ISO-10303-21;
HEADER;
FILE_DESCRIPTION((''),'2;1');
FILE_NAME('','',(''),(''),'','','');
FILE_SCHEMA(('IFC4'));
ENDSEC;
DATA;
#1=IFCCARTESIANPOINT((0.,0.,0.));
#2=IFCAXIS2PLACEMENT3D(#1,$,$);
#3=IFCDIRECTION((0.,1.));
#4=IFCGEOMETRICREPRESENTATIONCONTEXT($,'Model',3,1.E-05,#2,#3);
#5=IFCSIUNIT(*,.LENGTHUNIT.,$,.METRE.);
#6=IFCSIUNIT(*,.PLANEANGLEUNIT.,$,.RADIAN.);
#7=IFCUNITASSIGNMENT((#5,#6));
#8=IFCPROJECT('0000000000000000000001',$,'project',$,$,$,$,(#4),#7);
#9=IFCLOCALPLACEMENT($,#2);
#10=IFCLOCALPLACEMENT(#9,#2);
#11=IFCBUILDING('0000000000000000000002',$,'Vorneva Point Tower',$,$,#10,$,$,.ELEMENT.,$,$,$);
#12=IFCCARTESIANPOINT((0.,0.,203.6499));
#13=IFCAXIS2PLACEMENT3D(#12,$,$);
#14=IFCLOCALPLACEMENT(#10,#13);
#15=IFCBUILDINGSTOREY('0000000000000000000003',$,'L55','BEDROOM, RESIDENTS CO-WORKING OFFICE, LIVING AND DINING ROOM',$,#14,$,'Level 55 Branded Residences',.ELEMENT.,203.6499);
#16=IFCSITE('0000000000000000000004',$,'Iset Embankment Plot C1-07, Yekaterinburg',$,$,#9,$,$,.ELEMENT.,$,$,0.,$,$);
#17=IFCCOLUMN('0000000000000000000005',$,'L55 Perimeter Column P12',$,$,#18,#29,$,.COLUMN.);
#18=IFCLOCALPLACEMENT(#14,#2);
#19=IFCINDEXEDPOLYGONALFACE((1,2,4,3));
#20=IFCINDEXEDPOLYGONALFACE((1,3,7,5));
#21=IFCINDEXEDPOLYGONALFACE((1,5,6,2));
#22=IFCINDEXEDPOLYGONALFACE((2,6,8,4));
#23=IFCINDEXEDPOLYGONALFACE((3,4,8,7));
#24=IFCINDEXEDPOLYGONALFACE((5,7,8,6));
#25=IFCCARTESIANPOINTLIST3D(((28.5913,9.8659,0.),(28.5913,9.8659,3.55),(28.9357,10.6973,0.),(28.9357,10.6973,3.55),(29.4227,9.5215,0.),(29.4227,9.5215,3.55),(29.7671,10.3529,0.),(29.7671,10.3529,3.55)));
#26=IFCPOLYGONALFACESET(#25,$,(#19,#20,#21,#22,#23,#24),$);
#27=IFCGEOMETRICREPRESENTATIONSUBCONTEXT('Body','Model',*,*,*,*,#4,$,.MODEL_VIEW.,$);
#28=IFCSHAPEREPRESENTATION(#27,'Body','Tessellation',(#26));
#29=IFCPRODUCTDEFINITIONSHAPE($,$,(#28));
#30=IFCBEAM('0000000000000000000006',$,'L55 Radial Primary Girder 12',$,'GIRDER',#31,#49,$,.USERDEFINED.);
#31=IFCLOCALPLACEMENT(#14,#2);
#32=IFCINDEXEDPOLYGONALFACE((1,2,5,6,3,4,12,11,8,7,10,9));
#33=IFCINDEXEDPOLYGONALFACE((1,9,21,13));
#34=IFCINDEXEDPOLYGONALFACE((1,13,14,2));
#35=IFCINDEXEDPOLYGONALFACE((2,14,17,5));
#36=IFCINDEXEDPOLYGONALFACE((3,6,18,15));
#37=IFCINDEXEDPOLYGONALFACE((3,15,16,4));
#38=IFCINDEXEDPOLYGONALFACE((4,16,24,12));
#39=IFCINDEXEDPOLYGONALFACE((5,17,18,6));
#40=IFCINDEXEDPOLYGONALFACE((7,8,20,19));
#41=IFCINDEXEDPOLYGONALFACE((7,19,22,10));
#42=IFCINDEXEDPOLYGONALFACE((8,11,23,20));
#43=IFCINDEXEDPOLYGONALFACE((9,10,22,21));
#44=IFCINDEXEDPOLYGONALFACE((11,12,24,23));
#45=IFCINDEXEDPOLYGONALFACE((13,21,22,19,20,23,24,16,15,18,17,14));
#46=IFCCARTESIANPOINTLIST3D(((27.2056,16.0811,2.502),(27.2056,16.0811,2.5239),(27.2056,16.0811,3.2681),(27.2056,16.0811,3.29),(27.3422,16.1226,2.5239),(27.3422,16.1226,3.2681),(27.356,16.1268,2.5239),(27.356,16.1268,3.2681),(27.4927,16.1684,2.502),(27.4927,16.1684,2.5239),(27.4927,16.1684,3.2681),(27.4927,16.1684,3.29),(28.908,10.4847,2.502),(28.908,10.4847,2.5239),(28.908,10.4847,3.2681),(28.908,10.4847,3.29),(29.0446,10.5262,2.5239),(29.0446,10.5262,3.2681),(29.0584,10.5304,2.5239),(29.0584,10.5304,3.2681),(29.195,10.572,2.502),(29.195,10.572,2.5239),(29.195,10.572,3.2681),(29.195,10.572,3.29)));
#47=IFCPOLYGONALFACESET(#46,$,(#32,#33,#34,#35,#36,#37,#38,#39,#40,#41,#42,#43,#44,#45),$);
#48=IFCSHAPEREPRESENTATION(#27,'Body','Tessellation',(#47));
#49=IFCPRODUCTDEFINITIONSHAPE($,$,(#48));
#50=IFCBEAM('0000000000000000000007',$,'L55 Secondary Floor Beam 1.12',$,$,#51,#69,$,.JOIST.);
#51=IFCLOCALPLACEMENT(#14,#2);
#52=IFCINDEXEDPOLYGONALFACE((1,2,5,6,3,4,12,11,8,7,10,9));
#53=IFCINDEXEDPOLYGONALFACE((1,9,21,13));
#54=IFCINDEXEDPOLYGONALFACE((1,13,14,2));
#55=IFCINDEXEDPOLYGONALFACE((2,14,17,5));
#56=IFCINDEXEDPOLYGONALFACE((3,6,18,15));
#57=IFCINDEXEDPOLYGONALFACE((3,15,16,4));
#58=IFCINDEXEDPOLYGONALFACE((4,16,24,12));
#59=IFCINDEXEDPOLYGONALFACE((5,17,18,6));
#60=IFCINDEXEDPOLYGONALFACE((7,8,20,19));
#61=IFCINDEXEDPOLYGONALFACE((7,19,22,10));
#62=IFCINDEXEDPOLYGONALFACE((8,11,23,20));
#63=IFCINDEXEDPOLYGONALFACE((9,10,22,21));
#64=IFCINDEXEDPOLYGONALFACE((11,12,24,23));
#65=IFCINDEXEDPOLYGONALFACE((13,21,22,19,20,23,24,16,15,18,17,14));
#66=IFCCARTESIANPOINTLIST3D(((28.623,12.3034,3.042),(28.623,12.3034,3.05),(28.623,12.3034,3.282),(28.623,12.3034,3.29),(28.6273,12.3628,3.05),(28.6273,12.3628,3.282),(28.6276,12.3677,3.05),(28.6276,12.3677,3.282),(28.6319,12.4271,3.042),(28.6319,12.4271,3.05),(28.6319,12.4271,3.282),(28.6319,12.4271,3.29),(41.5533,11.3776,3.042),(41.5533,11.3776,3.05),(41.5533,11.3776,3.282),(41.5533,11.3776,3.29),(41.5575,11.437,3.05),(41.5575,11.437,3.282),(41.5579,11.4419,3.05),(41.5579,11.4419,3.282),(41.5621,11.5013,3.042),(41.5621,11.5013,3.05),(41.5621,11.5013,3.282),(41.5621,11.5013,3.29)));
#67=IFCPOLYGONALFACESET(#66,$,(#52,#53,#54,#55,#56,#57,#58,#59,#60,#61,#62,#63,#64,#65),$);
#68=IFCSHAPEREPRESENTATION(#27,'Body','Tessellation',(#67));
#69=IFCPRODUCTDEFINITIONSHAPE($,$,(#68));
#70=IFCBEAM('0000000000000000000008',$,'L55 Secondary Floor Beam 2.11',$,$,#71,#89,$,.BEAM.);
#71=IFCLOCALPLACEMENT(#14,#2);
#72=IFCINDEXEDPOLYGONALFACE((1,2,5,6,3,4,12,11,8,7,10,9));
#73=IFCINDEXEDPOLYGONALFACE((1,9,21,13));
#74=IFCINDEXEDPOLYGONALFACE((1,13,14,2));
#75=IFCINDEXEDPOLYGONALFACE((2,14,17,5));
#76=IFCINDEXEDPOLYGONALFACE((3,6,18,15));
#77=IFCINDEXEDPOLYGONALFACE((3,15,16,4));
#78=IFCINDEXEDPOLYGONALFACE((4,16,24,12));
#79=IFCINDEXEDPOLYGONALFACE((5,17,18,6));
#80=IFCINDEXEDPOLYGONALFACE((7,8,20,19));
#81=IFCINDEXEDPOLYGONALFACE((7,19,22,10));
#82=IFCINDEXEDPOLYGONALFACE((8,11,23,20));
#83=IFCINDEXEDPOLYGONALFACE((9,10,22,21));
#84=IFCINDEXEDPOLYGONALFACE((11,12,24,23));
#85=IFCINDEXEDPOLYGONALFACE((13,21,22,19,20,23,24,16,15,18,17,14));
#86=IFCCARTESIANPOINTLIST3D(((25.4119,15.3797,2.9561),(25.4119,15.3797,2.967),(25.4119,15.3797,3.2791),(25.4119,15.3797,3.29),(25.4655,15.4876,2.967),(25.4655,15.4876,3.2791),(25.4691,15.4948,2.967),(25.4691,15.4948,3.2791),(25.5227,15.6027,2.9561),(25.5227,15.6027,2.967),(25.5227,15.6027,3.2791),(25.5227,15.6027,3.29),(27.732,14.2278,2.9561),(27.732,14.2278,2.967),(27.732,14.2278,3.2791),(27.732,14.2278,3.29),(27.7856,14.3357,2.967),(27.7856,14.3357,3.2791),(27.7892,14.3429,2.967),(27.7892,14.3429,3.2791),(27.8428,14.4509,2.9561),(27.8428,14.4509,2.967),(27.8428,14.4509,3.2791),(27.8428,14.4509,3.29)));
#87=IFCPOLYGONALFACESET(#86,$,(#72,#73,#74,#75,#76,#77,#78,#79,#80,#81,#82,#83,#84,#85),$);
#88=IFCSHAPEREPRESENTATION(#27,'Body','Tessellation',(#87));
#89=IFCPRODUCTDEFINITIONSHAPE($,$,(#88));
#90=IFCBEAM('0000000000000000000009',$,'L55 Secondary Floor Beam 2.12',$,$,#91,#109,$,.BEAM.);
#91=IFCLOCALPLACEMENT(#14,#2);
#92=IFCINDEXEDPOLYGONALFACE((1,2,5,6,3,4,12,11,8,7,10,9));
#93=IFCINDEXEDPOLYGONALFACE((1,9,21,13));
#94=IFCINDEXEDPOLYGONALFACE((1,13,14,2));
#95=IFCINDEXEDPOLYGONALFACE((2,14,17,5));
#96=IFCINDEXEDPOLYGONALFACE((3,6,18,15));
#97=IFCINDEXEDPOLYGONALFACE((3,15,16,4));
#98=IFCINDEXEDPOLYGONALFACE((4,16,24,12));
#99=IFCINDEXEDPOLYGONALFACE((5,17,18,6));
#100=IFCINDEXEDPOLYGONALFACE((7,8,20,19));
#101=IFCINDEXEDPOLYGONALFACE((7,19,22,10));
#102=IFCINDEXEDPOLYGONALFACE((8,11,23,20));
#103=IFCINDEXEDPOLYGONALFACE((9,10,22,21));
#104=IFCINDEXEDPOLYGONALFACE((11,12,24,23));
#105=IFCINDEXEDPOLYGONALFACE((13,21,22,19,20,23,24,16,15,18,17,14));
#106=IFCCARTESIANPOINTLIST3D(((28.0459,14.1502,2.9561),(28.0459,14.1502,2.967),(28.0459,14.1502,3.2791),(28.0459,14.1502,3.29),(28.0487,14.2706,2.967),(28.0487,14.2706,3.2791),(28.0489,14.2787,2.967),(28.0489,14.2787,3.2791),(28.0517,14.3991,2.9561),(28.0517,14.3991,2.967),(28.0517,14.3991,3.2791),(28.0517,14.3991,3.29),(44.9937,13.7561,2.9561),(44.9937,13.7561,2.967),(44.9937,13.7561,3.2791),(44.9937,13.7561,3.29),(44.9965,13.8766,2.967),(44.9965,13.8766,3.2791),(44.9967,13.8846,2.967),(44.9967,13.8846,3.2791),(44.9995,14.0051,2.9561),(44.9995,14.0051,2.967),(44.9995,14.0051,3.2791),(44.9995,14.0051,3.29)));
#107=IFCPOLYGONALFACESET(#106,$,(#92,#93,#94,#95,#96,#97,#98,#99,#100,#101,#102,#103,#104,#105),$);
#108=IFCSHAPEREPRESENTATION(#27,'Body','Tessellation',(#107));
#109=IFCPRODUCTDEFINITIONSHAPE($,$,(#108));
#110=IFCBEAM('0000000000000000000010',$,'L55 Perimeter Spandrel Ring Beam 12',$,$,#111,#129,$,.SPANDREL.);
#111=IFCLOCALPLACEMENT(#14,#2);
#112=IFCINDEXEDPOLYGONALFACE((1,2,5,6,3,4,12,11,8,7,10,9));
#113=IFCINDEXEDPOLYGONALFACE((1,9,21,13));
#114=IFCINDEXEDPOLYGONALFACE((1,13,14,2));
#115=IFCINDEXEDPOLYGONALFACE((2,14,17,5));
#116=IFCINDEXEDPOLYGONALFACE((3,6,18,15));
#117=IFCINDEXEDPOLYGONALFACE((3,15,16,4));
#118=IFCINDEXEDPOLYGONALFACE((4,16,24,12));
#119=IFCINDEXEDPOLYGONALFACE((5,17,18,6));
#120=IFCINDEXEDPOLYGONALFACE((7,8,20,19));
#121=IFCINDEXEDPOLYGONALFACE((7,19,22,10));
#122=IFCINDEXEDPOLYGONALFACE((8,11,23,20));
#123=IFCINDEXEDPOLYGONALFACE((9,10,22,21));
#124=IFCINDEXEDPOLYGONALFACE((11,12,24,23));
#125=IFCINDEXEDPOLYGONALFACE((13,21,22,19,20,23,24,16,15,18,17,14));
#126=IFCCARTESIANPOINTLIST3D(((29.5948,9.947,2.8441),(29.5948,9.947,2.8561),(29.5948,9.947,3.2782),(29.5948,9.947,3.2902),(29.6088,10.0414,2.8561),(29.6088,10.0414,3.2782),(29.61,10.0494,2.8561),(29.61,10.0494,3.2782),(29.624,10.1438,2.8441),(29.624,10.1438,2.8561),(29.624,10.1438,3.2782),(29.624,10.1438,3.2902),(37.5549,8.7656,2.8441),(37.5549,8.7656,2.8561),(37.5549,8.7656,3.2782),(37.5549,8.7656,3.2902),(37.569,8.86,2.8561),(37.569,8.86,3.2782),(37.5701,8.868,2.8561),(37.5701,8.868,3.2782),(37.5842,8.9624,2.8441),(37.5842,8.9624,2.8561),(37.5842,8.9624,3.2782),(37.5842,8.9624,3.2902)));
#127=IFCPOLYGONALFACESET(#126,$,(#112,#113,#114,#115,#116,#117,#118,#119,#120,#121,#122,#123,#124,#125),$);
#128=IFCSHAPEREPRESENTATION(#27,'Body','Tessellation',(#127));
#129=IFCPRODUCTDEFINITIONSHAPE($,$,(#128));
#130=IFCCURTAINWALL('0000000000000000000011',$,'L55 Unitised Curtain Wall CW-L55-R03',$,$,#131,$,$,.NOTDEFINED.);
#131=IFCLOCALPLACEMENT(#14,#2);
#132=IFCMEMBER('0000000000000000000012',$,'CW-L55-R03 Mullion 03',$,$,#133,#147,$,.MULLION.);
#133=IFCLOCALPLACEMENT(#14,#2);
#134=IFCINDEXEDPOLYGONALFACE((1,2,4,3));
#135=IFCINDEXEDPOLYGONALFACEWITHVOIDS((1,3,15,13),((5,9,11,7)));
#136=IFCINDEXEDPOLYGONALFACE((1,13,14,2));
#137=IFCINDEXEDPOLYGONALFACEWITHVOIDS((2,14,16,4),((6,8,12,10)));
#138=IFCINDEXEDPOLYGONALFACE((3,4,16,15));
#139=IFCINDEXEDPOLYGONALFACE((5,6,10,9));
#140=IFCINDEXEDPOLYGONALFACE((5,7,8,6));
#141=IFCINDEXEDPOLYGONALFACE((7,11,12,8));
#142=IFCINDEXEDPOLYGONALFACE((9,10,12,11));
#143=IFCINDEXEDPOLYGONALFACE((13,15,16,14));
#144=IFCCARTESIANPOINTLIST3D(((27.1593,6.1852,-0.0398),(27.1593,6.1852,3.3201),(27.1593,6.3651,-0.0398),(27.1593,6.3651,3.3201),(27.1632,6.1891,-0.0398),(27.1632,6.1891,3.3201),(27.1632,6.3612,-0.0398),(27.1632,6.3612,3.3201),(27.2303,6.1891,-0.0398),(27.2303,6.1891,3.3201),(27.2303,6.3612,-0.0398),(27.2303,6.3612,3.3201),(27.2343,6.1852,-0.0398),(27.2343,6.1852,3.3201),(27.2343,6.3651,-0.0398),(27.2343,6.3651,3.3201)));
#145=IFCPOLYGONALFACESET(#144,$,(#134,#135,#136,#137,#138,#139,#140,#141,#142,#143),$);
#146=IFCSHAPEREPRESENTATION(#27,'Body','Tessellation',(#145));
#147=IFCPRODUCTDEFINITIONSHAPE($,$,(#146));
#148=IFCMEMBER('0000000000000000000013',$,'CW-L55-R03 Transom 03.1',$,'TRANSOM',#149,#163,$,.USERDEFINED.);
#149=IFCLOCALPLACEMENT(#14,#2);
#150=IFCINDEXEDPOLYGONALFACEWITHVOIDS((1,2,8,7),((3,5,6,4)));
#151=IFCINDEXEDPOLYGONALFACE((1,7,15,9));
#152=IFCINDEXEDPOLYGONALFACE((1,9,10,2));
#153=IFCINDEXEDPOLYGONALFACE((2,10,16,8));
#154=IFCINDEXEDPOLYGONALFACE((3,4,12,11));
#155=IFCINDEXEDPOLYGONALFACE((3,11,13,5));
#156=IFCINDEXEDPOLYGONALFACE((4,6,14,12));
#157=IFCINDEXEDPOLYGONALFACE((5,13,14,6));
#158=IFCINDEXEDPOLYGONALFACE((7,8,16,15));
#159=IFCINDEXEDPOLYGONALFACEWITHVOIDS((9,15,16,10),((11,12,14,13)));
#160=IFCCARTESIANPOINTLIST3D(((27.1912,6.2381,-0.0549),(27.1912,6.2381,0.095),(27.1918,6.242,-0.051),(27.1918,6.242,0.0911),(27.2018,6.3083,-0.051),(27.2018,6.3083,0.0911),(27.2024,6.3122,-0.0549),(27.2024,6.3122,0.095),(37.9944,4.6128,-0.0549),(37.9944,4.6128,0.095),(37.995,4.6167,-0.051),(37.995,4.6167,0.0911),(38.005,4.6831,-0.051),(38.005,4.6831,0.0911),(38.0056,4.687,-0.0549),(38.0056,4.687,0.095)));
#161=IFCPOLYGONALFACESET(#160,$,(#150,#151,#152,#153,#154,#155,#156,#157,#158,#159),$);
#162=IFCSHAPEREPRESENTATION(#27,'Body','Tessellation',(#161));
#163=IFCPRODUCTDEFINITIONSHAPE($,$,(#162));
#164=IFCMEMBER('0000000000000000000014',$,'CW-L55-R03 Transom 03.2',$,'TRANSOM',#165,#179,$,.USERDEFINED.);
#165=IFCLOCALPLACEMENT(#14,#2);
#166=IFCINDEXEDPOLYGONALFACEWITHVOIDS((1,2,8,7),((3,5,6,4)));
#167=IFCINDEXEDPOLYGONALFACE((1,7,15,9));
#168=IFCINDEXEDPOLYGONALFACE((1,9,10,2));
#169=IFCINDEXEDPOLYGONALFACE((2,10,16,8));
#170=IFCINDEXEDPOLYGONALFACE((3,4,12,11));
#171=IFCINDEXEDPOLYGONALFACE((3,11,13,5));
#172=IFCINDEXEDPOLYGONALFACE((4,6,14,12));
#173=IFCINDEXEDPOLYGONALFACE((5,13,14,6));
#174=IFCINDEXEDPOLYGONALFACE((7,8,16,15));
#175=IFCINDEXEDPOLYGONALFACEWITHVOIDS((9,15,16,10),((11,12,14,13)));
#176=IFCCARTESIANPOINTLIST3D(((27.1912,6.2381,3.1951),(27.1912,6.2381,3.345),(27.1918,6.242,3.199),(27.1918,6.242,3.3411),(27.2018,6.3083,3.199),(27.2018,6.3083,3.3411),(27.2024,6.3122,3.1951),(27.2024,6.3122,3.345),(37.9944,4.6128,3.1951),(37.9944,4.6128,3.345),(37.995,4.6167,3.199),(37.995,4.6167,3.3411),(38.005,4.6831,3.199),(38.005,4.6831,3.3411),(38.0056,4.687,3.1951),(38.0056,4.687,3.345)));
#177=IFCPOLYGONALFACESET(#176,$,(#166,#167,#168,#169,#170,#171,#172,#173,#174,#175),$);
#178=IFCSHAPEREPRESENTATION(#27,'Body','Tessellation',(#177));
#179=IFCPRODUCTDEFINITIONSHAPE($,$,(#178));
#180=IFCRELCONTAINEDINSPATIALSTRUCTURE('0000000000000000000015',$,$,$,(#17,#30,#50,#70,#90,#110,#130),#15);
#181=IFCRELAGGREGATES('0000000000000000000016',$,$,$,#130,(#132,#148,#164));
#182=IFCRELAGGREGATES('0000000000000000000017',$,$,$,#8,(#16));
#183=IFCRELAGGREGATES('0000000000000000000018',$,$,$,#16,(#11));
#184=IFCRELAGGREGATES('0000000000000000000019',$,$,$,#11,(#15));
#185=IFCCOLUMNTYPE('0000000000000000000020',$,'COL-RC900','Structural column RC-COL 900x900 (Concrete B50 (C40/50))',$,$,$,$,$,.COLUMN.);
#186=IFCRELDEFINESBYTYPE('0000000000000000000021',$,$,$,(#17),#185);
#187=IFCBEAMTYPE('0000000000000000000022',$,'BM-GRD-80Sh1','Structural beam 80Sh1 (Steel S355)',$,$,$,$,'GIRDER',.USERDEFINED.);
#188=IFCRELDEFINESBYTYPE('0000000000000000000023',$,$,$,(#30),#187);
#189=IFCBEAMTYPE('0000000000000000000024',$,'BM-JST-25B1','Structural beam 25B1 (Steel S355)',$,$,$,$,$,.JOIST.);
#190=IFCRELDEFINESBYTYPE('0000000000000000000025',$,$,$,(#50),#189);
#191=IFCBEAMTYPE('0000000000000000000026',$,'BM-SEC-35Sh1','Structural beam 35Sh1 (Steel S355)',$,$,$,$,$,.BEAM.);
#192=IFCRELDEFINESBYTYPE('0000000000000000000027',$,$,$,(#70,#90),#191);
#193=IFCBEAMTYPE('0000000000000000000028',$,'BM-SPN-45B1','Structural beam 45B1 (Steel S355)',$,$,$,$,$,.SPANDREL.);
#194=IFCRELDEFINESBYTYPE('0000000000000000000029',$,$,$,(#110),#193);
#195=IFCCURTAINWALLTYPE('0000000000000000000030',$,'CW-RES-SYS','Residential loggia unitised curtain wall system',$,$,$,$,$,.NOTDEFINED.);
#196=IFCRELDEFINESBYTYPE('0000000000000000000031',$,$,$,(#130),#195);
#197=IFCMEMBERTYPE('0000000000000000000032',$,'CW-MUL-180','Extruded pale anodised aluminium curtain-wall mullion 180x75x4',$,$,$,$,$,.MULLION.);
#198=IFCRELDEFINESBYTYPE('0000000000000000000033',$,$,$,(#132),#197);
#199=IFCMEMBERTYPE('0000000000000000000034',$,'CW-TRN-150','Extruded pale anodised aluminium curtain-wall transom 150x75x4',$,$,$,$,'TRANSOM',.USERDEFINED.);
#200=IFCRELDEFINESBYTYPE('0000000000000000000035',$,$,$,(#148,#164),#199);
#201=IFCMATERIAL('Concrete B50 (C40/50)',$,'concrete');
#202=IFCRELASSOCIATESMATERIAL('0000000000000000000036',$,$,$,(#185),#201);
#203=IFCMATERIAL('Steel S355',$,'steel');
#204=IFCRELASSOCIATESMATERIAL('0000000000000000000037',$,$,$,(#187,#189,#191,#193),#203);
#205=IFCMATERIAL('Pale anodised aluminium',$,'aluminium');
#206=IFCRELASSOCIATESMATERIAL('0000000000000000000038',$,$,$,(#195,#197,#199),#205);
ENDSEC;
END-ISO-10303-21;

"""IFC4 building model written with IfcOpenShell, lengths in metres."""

from ifc_helpers import new_model, si_unit, direction, frame, origin, origin_2d, place, context, subcontext, project, spatial, rectangle, hollow_rectangle, i_section, extrude, material, material_profile, profile_set, type_object, element, aggregate, save


model = new_model("IFC4")

# Units and contexts
model_context = context("Model", 3, precision=1e-05, world=origin(), true_north=direction((0.0, 1.0)))
body_context = subcontext(model_context, "Body", "Model", "MODEL_VIEW")
ifc_project = project(units=[si_unit("LENGTHUNIT", "METRE"), si_unit("PLANEANGLEUNIT", "RADIAN")], contexts=[model_context])

# Site, building, storey
site_placement = place(None, origin())
site = spatial("IfcSite", under=ifc_project, at=site_placement, Name="Iset Embankment Plot C1-07, Yekaterinburg", CompositionType="ELEMENT", RefElevation=0.0)
building_placement = place(site_placement, origin())
building = spatial("IfcBuilding", under=site, at=building_placement, Name="Vorneva Point Tower", CompositionType="ELEMENT")
storey_placement = place(building_placement, frame((0.0, 0.0, 203.6499)))
storey = spatial("IfcBuildingStorey", under=building, at=storey_placement, Name="L55", Description="BEDROOM, RESIDENTS CO-WORKING OFFICE, LIVING AND DINING ROOM", LongName="Level 55 Branded Residences", CompositionType="ELEMENT", Elevation=203.6499)

# Column
ifc_material_1 = material(Name="Concrete B50 (C40/50)", Category="concrete")
ifc_material_profile_1 = material_profile(ifc_material_1, rectangle(XDim=0.8999, YDim=0.8999, at=origin_2d()), Name="RC-COL 900x900")
ifc_profile_set_1 = profile_set([ifc_material_profile_1], Name="Concrete B50 (C40/50)")
column_type = type_object("IfcColumnType", Name="COL-RC900", Description="Structural column RC-COL 900x900 (Concrete B50 (C40/50))", PredefinedType="COLUMN", material=ifc_profile_set_1)
column_placement = place(storey_placement, frame((29.1792, 10.1094, 0.0), z_axis=(0.0, 0.0, 1.0), x_axis=(-0.382683, -0.92388, 0.0)))
element("IfcColumn", 1, at=column_placement, inside=storey, type_object=column_type, Name="L55 Perimeter Column P12", PredefinedType="COLUMN", context=body_context, shape_type="SweptSolid", body=[
    extrude(rectangle(XDim=0.8999, YDim=0.8999, at=origin_2d()), origin(), (0.0, 0.0, 1.0), 3.55),
])

# Beams
ifc_material_2 = material(Name="Steel S355", Category="steel")
ifc_material_profile_2 = material_profile(ifc_material_2, i_section(OverallWidth=0.3, OverallDepth=0.7881, WebThickness=0.0144, FlangeThickness=0.022, at=origin_2d()), Name="80Sh1")
ifc_profile_set_2 = profile_set([ifc_material_profile_2], Name="Steel S355")
beam_type_1 = type_object("IfcBeamType", Name="BM-GRD-80Sh1", Description="Structural beam 80Sh1 (Steel S355)", ElementType="GIRDER", PredefinedType="USERDEFINED", material=ifc_profile_set_2)
beam_1_placement = place(storey_placement, frame((29.0515, 10.5283, 2.896), z_axis=(-0.291025, 0.956715, 0.0), x_axis=(-0.956715, -0.291025, 0.0)))
element("IfcBeam", 2, at=beam_1_placement, inside=storey, type_object=beam_type_1, Name="L55 Radial Primary Girder 12", ObjectType="GIRDER", PredefinedType="USERDEFINED", context=body_context, shape_type="SweptSolid", body=[
    extrude(i_section(OverallWidth=0.3, OverallDepth=0.7881, WebThickness=0.0144, FlangeThickness=0.022, at=origin_2d()), origin(), (0.0, 0.0, 1.0), 5.8496),
])
ifc_material_profile_3 = material_profile(ifc_material_2, i_section(OverallWidth=0.124, OverallDepth=0.248, WebThickness=0.0049, FlangeThickness=0.0081, at=origin_2d()), Name="25B1")
ifc_profile_set_3 = profile_set([ifc_material_profile_3], Name="Steel S355")
beam_type_2 = type_object("IfcBeamType", Name="BM-JST-25B1", Description="Structural beam 25B1 (Steel S355)", PredefinedType="JOIST", material=ifc_profile_set_3)
beam_2_placement = place(storey_placement, frame((28.6274, 12.3652, 3.166), z_axis=(0.997447, -0.071416, 0.0), x_axis=(0.071416, 0.997447, 0.0)))
element("IfcBeam", 3, at=beam_2_placement, inside=storey, type_object=beam_type_2, Name="L55 Secondary Floor Beam 1.12", PredefinedType="JOIST", context=body_context, shape_type="SweptSolid", body=[
    extrude(i_section(OverallWidth=0.124, OverallDepth=0.248, WebThickness=0.0049, FlangeThickness=0.0081, at=origin_2d()), origin(), (0.0, 0.0, 1.0), 12.9634),
])
ifc_material_profile_4 = material_profile(ifc_material_2, i_section(OverallWidth=0.249, OverallDepth=0.334, WebThickness=0.0081, FlangeThickness=0.011, at=origin_2d()), Name="35Sh1")
ifc_profile_set_4 = profile_set([ifc_material_profile_4], Name="Steel S355")
beam_type_3 = type_object("IfcBeamType", Name="BM-SEC-35Sh1", Description="Structural beam 35Sh1 (Steel S355)", PredefinedType="BEAM", material=ifc_profile_set_4)
beam_3_placement = place(storey_placement, frame((25.4673, 15.4912, 3.123), z_axis=(0.895687, -0.444686, 0.0), x_axis=(0.444686, 0.895687, 0.0)))
element("IfcBeam", 4, at=beam_3_placement, inside=storey, type_object=beam_type_3, Name="L55 Secondary Floor Beam 2.11", PredefinedType="BEAM", context=body_context, shape_type="SweptSolid", body=[
    extrude(i_section(OverallWidth=0.249, OverallDepth=0.334, WebThickness=0.0081, FlangeThickness=0.011, at=origin_2d()), origin(), (0.0, 0.0, 1.0), 2.5903),
])
beam_4_placement = place(storey_placement, frame((28.0488, 14.2747, 3.123), z_axis=(0.99973, -0.023244, 0.0), x_axis=(0.023244, 0.99973, 0.0)))
element("IfcBeam", 5, at=beam_4_placement, inside=storey, type_object=beam_type_3, Name="L55 Secondary Floor Beam 2.12", PredefinedType="BEAM", context=body_context, shape_type="SweptSolid", body=[
    extrude(i_section(OverallWidth=0.249, OverallDepth=0.334, WebThickness=0.0081, FlangeThickness=0.011, at=origin_2d()), origin(), (0.0, 0.0, 1.0), 16.9524),
])
ifc_material_profile_5 = material_profile(ifc_material_2, i_section(OverallWidth=0.199, OverallDepth=0.446, WebThickness=0.0081, FlangeThickness=0.012, at=origin_2d()), Name="45B1")
ifc_profile_set_5 = profile_set([ifc_material_profile_5], Name="Steel S355")
beam_type_4 = type_object("IfcBeamType", Name="BM-SPN-45B1", Description="Structural beam 45B1 (Steel S355)", PredefinedType="SPANDREL", material=ifc_profile_set_5)
beam_5_placement = place(storey_placement, frame((29.6094, 10.0454, 3.0671), z_axis=(0.989165, -0.146805, 0.0), x_axis=(0.146805, 0.989165, 0.0)))
element("IfcBeam", 6, at=beam_5_placement, inside=storey, type_object=beam_type_4, Name="L55 Perimeter Spandrel Ring Beam 12", PredefinedType="SPANDREL", context=body_context, shape_type="SweptSolid", body=[
    extrude(i_section(OverallWidth=0.199, OverallDepth=0.446, WebThickness=0.0081, FlangeThickness=0.012, at=origin_2d()), origin(), (0.0, 0.0, 1.0), 8.0474),
])

# Curtain wall, members
ifc_material_3 = material(Name="Pale anodised aluminium", Category="aluminium")
curtain_wall_type = type_object("IfcCurtainWallType", Name="CW-RES-SYS", Description="Residential loggia unitised curtain wall system", PredefinedType="NOTDEFINED", material=ifc_material_3)
curtain_wall_placement = place(storey_placement, origin())
curtain_wall = element("IfcCurtainWall", 7, at=curtain_wall_placement, inside=storey, type_object=curtain_wall_type, Name="L55 Unitised Curtain Wall CW-L55-R03", PredefinedType="NOTDEFINED")
ifc_material_profile_6 = material_profile(ifc_material_3, hollow_rectangle(XDim=0.075, YDim=0.1799, WallThickness=0.0039, at=origin_2d()), Name="AL-MUL 180x75x4")
ifc_profile_set_6 = profile_set([ifc_material_profile_6], Name="Pale anodised aluminium")
member_type_1 = type_object("IfcMemberType", Name="CW-MUL-180", Description="Extruded pale anodised aluminium curtain-wall mullion 180x75x4", PredefinedType="MULLION", material=ifc_profile_set_6)
member_1_placement = place(storey_placement, frame((27.1968, 6.2751, -0.0398), z_axis=(0.0, 0.0, 1.0), x_axis=(1.0, 0.0, 0.0)))
member_1 = element("IfcMember", 8, at=member_1_placement, type_object=member_type_1, Name="CW-L55-R03 Mullion 03", PredefinedType="MULLION", context=body_context, shape_type="SweptSolid", body=[
    extrude(hollow_rectangle(XDim=0.075, YDim=0.1799, WallThickness=0.0039, at=origin_2d()), origin(), (0.0, 0.0, 1.0), 3.3599),
])
ifc_material_profile_7 = material_profile(ifc_material_3, hollow_rectangle(XDim=0.075, YDim=0.1499, WallThickness=0.0039, at=origin_2d()), Name="AL-TRN 150x75x4")
ifc_profile_set_7 = profile_set([ifc_material_profile_7], Name="Pale anodised aluminium")
member_type_2 = type_object("IfcMemberType", Name="CW-TRN-150", Description="Extruded pale anodised aluminium curtain-wall transom 150x75x4", ElementType="TRANSOM", PredefinedType="USERDEFINED", material=ifc_profile_set_7)
member_2_placement = place(storey_placement, frame((27.1968, 6.2751, 0.02), z_axis=(0.988872, -0.148767, 0.0), x_axis=(0.148767, 0.988872, 0.0)))
member_2 = element("IfcMember", 9, at=member_2_placement, type_object=member_type_2, Name="CW-L55-R03 Transom 03.1", ObjectType="TRANSOM", PredefinedType="USERDEFINED", context=body_context, shape_type="SweptSolid", body=[
    extrude(hollow_rectangle(XDim=0.075, YDim=0.1499, WallThickness=0.0039, at=origin_2d()), origin(), (0.0, 0.0, 1.0), 10.9248),
])
member_3_placement = place(storey_placement, frame((27.1968, 6.2751, 3.27), z_axis=(0.988872, -0.148767, 0.0), x_axis=(0.148767, 0.988872, 0.0)))
member_3 = element("IfcMember", 10, at=member_3_placement, type_object=member_type_2, Name="CW-L55-R03 Transom 03.2", ObjectType="TRANSOM", PredefinedType="USERDEFINED", context=body_context, shape_type="SweptSolid", body=[
    extrude(hollow_rectangle(XDim=0.075, YDim=0.1499, WallThickness=0.0039, at=origin_2d()), origin(), (0.0, 0.0, 1.0), 10.9248),
])
aggregate(curtain_wall, [member_1, member_2, member_3])

save(model, "model.ifc")
